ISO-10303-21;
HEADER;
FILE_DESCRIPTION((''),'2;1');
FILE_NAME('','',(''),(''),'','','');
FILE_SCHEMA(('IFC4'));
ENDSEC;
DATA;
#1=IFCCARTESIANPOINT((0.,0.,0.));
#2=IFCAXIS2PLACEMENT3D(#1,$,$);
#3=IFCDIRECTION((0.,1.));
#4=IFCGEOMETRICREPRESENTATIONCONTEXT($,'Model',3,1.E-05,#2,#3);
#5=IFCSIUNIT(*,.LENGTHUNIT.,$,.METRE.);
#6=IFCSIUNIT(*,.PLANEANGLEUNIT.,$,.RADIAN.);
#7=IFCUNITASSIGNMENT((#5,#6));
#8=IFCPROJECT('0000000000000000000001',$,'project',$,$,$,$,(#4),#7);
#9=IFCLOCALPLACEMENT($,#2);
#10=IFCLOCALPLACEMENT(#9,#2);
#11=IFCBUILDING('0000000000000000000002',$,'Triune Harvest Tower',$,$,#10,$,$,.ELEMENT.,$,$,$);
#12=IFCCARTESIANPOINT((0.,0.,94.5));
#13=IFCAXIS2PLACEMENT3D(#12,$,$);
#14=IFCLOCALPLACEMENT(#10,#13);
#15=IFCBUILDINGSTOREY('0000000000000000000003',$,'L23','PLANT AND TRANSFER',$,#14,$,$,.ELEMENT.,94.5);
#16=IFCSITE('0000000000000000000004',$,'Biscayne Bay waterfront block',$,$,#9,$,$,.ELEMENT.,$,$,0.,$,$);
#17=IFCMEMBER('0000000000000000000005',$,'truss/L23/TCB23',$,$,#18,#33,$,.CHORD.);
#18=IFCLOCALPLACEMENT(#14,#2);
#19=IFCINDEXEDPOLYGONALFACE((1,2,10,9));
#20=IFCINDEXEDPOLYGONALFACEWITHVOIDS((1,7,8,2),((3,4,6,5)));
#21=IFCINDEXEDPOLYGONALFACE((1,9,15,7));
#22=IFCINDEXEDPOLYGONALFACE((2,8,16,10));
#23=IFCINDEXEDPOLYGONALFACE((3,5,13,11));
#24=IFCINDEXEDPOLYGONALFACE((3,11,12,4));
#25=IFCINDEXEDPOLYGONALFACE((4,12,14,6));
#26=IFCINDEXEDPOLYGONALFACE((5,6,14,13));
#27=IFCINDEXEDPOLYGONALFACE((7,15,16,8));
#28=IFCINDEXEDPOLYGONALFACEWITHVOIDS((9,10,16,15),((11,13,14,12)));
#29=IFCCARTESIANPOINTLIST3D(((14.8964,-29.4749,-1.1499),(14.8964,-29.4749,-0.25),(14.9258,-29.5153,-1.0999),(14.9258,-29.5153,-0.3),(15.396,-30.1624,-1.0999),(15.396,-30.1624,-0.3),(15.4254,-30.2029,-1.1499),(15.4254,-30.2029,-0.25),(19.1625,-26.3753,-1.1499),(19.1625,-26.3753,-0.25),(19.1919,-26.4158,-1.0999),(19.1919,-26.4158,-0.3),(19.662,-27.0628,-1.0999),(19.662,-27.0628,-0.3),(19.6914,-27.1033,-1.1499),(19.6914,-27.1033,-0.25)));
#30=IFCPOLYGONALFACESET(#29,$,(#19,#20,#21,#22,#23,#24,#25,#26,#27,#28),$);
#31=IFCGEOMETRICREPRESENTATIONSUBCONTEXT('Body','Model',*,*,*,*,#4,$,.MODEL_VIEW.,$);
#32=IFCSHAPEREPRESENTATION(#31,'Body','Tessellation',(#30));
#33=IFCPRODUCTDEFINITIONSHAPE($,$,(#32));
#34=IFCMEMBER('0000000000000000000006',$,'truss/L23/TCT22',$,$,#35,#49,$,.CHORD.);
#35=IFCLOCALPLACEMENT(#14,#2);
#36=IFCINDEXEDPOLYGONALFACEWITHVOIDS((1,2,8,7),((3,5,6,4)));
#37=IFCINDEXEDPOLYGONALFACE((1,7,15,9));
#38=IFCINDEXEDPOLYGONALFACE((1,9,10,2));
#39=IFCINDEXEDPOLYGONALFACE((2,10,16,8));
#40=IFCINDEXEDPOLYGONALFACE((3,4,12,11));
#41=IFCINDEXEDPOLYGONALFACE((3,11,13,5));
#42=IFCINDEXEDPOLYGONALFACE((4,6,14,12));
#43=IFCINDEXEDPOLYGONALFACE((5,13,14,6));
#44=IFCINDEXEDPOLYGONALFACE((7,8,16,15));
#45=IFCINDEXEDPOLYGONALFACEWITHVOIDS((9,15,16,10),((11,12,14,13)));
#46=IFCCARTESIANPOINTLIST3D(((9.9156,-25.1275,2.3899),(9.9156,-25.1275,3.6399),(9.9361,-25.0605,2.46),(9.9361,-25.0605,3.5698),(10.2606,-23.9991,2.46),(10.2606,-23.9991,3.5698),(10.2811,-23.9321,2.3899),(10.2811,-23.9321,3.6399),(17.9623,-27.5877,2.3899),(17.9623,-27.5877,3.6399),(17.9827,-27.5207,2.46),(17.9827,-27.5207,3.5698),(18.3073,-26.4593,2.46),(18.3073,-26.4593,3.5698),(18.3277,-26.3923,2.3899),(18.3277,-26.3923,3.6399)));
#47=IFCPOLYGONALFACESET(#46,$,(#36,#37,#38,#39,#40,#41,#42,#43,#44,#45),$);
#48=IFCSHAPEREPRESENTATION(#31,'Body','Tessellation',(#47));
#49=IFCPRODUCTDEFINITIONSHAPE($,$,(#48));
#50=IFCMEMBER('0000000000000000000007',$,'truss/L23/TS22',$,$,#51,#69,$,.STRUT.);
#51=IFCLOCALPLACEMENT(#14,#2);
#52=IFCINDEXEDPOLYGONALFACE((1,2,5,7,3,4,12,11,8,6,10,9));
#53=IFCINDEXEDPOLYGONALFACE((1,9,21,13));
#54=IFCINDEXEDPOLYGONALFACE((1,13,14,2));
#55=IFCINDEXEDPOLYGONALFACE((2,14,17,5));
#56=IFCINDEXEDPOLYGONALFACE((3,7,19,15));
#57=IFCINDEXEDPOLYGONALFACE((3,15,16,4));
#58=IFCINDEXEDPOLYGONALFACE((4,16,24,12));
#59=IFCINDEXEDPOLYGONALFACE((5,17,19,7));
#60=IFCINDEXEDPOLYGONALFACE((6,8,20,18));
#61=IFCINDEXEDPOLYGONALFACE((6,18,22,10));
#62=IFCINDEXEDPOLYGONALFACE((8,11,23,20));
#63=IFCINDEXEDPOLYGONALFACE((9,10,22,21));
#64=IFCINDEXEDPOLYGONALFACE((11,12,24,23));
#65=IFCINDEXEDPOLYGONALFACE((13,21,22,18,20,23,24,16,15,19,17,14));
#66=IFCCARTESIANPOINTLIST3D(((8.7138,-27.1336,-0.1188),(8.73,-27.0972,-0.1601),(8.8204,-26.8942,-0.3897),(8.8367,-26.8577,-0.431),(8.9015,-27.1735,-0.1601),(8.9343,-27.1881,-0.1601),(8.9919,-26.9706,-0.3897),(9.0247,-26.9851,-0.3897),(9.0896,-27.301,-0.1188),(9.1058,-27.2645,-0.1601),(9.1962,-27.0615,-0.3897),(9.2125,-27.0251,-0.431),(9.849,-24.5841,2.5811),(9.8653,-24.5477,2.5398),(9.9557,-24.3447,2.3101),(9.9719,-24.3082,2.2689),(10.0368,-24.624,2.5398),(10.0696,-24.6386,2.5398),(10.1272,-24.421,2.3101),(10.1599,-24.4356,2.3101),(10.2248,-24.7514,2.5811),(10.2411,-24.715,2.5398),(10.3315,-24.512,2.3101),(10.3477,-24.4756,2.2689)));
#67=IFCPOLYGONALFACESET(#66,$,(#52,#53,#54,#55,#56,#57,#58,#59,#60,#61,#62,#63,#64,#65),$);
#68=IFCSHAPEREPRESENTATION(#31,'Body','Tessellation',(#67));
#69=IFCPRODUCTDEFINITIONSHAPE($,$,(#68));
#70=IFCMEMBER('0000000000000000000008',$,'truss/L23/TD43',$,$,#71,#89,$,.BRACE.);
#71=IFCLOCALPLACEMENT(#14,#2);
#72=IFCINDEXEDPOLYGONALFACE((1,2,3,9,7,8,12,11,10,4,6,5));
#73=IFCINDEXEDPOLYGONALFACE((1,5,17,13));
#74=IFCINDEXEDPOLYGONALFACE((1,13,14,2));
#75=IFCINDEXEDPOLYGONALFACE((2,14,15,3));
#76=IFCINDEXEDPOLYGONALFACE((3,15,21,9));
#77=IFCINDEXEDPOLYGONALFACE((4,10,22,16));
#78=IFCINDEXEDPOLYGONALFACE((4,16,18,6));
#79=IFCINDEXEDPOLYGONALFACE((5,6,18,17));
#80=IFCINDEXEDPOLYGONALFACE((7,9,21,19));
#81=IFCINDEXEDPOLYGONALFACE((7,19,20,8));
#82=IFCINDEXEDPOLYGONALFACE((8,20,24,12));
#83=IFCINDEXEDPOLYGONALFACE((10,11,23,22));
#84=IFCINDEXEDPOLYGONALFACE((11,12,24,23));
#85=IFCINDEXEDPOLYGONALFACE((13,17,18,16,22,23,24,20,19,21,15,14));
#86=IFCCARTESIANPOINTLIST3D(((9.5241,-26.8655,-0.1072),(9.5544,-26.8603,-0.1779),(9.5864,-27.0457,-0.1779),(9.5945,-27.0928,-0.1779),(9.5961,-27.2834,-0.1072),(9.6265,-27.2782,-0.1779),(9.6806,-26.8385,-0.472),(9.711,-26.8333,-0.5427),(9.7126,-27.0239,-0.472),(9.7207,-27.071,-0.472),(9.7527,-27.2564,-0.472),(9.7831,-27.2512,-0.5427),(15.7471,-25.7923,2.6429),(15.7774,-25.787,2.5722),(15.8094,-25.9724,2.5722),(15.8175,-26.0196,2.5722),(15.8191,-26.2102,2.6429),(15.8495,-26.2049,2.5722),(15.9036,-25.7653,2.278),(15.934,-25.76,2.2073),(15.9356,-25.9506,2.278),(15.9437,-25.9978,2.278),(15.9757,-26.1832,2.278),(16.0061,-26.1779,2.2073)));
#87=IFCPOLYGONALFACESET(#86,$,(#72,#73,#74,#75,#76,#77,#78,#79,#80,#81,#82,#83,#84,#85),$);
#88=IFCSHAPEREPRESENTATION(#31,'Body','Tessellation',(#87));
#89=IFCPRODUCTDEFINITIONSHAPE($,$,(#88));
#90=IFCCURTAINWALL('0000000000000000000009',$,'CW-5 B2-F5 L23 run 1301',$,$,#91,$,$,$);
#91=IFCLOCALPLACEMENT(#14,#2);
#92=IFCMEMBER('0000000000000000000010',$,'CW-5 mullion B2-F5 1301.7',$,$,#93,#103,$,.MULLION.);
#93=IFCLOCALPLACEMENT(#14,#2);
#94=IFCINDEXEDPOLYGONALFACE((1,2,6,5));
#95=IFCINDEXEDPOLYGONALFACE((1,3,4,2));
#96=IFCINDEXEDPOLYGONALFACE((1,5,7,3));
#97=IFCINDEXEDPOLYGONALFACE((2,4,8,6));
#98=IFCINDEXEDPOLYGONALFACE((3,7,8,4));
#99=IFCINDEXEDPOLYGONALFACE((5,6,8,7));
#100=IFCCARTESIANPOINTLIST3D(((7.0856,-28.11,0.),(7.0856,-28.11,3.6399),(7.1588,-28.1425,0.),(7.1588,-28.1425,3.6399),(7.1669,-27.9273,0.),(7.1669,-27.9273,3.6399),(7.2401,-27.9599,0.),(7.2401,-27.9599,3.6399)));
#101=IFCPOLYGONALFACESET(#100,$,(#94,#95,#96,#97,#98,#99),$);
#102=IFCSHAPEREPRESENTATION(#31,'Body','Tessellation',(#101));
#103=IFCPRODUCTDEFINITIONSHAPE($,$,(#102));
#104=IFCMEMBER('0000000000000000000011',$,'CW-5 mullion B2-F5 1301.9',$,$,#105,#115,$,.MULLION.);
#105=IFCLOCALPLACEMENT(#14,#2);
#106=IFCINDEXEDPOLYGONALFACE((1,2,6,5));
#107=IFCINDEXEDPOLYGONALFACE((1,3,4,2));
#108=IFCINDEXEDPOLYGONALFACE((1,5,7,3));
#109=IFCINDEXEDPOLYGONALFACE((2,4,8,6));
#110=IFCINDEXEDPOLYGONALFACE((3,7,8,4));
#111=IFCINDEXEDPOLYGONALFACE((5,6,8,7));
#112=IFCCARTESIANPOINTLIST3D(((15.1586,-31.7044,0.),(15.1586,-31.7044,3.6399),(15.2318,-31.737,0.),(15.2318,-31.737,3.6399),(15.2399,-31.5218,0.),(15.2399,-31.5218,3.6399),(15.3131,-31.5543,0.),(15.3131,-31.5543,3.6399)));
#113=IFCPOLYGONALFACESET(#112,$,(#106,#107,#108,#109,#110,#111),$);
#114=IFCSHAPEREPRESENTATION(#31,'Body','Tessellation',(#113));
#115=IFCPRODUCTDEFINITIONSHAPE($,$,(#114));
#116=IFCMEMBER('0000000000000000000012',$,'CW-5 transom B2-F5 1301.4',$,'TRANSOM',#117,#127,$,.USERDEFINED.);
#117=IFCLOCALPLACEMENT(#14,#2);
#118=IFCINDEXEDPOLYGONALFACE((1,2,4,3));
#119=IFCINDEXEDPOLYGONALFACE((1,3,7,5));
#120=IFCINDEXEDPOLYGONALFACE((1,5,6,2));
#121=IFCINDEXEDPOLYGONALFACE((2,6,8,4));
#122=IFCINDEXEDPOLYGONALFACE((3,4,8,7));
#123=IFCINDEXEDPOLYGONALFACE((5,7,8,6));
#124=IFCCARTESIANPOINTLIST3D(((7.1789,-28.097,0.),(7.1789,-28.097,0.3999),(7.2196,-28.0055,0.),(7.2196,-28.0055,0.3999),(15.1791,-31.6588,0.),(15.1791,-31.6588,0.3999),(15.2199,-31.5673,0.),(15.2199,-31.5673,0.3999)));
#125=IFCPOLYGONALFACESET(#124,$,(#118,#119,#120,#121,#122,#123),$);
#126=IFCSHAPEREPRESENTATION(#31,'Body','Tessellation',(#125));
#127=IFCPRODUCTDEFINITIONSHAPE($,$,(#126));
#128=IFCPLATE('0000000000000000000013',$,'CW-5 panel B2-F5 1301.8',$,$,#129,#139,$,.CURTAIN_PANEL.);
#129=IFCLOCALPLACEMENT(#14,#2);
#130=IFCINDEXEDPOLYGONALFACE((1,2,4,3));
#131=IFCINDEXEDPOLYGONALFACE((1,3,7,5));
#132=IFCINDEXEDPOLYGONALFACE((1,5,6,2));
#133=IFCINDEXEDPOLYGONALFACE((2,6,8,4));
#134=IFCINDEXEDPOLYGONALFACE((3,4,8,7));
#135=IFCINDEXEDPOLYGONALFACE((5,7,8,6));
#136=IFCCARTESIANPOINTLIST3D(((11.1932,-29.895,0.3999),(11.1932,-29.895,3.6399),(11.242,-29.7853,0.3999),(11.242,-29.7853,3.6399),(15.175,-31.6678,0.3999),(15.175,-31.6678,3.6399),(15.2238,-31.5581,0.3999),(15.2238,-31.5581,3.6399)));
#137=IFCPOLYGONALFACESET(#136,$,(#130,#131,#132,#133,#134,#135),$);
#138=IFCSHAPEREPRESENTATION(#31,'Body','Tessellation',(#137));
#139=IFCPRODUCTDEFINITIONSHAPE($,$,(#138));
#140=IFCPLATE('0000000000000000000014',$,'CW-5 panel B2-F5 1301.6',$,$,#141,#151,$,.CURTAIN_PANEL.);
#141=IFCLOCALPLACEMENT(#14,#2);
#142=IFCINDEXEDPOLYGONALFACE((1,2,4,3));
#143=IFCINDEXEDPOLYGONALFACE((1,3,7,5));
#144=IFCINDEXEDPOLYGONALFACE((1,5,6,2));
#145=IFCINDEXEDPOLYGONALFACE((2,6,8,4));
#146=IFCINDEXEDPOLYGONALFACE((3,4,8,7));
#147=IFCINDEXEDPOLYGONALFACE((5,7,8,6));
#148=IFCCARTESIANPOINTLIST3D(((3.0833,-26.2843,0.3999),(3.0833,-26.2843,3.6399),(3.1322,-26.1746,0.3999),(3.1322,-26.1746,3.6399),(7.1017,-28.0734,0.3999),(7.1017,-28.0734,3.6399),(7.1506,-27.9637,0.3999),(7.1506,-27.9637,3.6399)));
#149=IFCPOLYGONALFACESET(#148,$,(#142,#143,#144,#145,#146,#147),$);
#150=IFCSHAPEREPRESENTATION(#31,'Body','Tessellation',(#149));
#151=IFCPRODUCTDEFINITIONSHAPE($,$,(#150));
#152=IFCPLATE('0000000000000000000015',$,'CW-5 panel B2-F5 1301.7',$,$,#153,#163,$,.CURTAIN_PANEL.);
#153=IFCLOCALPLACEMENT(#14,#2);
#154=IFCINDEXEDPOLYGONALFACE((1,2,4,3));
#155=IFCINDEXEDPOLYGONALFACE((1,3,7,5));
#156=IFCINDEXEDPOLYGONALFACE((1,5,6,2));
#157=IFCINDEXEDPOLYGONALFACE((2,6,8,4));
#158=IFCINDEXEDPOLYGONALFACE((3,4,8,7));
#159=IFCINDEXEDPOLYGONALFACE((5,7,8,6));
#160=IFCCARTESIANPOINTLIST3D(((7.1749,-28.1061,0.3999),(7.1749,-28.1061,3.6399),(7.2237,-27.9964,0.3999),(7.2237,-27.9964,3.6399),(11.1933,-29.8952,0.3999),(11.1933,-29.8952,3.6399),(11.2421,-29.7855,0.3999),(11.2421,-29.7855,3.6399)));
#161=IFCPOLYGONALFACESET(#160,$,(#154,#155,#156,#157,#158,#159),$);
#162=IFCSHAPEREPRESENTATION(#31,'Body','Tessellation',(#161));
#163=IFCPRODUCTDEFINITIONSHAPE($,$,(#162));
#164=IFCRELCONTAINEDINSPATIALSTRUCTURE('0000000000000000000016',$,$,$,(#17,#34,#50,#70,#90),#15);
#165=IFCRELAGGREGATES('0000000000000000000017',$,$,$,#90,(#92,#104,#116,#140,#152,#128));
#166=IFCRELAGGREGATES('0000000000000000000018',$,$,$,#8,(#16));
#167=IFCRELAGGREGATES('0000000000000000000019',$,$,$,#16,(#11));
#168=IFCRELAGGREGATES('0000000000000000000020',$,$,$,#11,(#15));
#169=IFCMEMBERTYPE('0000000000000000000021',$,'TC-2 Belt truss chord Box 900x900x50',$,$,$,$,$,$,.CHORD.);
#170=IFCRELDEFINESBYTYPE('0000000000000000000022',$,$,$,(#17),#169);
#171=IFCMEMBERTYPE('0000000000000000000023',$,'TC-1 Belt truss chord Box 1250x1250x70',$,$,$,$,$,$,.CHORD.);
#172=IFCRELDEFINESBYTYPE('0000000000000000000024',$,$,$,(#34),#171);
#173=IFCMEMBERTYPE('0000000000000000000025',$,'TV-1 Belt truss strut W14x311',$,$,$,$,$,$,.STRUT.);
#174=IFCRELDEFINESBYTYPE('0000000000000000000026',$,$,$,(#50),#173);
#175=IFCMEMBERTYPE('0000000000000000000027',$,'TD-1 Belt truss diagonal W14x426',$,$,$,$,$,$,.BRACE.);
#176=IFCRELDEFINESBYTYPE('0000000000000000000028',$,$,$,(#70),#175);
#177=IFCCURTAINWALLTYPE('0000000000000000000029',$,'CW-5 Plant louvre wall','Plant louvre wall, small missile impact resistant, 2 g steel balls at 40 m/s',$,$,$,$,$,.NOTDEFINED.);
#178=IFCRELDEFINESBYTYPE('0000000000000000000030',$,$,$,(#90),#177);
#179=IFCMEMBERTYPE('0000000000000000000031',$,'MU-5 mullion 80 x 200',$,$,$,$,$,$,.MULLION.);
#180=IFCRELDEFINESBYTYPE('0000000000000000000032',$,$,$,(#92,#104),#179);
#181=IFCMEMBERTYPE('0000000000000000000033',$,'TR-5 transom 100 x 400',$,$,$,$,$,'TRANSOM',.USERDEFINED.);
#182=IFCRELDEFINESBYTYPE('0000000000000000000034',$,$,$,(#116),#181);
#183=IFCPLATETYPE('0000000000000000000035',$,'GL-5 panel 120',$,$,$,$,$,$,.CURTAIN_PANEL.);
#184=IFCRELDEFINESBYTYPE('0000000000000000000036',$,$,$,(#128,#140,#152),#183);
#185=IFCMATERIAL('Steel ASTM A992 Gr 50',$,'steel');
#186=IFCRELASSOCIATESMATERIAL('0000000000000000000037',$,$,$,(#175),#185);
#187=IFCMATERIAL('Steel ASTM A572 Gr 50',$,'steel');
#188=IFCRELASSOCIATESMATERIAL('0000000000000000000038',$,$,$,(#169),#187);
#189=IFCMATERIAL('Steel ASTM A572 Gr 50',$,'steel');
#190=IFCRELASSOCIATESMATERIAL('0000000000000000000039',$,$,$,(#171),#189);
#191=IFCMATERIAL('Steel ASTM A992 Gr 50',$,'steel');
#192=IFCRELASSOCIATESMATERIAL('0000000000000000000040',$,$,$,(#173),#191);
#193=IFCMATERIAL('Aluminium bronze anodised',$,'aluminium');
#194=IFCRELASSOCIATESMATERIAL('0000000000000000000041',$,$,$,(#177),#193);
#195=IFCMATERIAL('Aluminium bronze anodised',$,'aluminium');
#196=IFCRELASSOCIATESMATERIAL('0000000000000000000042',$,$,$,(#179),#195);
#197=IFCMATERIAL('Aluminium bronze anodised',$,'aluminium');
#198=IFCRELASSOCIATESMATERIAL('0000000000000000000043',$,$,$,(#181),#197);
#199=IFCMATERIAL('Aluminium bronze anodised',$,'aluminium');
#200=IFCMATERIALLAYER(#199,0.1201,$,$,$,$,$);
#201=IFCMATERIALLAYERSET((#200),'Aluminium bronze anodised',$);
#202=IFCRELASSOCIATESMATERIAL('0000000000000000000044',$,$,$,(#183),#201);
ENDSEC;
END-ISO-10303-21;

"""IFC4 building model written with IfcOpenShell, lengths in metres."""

from ifc_helpers import new_model, si_unit, direction, frame, origin, origin_2d, place, context, subcontext, project, spatial, rectangle, hollow_rectangle, i_section, extrude, source, transform, mapped, material, layer, layer_set, material_profile, profile_set, type_object, element, aggregate, save


model = new_model("IFC4")

# Units and contexts
model_context = context("Model", 3, precision=1e-05, world=origin(), true_north=direction((0.0, 1.0)))
body_context = subcontext(model_context, "Body", "Model", "MODEL_VIEW")
ifc_project = project(units=[si_unit("LENGTHUNIT", "METRE"), si_unit("PLANEANGLEUNIT", "RADIAN")], contexts=[model_context])

# Site, building, storey
site_placement = place(None, origin())
site = spatial("IfcSite", under=ifc_project, at=site_placement, Name="Biscayne Bay waterfront block", CompositionType="ELEMENT", RefElevation=0.0)
building_placement = place(site_placement, origin())
building = spatial("IfcBuilding", under=site, at=building_placement, Name="Triune Harvest Tower", CompositionType="ELEMENT")
storey_placement = place(building_placement, frame((0.0, 0.0, 94.5)))
storey = spatial("IfcBuildingStorey", under=building, at=storey_placement, Name="L23", Description="PLANT AND TRANSFER", CompositionType="ELEMENT", Elevation=94.5)

# Shared definitions
ifc_material_1 = material(Name="Steel ASTM A992 Gr 50", Category="steel")
ifc_material_profile_1 = material_profile(ifc_material_1, i_section(OverallWidth=0.4241, OverallDepth=0.4751, WebThickness=0.0479, FlangeThickness=0.0771, at=origin_2d()), Name="W14x426")
ifc_profile_set_1 = profile_set([ifc_material_profile_1], Name="Steel ASTM A992 Gr 50")
member_type_1 = type_object("IfcMemberType", Name="TD-1 Belt truss diagonal W14x426", PredefinedType="BRACE", material=ifc_profile_set_1)

# Members
ifc_material_2 = material(Name="Steel ASTM A572 Gr 50", Category="steel")
ifc_material_profile_2 = material_profile(ifc_material_2, hollow_rectangle(XDim=0.8999, YDim=0.8999, WallThickness=0.05, at=origin_2d()), Name="Box 900x900x50")
ifc_profile_set_2 = profile_set([ifc_material_profile_2], Name="Steel ASTM A572 Gr 50")
member_type_2 = type_object("IfcMemberType", Name="TC-2 Belt truss chord Box 900x900x50", PredefinedType="CHORD", material=ifc_profile_set_2)
shared_shape_1 = source(origin(), body_context, "Body", "SweptSolid", [
    extrude(hollow_rectangle(XDim=0.8999, YDim=0.8999, WallThickness=0.05, at=origin_2d()), origin(), (0.0, 0.0, 1.0), 5.2732),
])
member_1_placement = place(storey_placement, frame((15.1609, -29.8389, -0.7), z_axis=(0.809008, 0.587797, 0.0), x_axis=(-0.587797, 0.809008, 0.0)))
element("IfcMember", 1, at=member_1_placement, inside=storey, type_object=member_type_2, Name="truss/L23/TCB23", PredefinedType="CHORD", context=body_context, shape_type="MappedRepresentation", body=[
    mapped(shared_shape_1, transform((0.0, 0.0, 0.0), scale=1.0)),
])
ifc_material_3 = material(Name="Steel ASTM A572 Gr 50", Category="steel")
ifc_material_profile_3 = material_profile(ifc_material_3, hollow_rectangle(XDim=1.25, YDim=1.25, WallThickness=0.0701, at=origin_2d()), Name="Box 1250x1250x70")
ifc_profile_set_3 = profile_set([ifc_material_profile_3], Name="Steel ASTM A572 Gr 50")
member_type_3 = type_object("IfcMemberType", Name="TC-1 Belt truss chord Box 1250x1250x70", PredefinedType="CHORD", material=ifc_profile_set_3)
shared_shape_2 = source(origin(), body_context, "Body", "SweptSolid", [
    extrude(hollow_rectangle(XDim=1.25, YDim=1.25, WallThickness=0.0701, at=origin_2d()), origin(), (0.0, 0.0, 1.0), 8.4143),
])
member_2_placement = place(storey_placement, frame((10.0984, -24.5298, 3.0149), z_axis=(0.956301, -0.292383, 0.0), x_axis=(0.292383, 0.956301, 0.0)))
element("IfcMember", 2, at=member_2_placement, inside=storey, type_object=member_type_3, Name="truss/L23/TCT22", PredefinedType="CHORD", context=body_context, shape_type="MappedRepresentation", body=[
    mapped(shared_shape_2, transform((0.0, 0.0, 0.0), scale=1.0)),
])
ifc_material_4 = material(Name="Steel ASTM A992 Gr 50", Category="steel")
ifc_material_profile_4 = material_profile(ifc_material_4, i_section(OverallWidth=0.4114, OverallDepth=0.4343, WebThickness=0.0359, FlangeThickness=0.0574, at=origin_2d()), Name="W14x311")
ifc_profile_set_4 = profile_set([ifc_material_profile_4], Name="Steel ASTM A992 Gr 50")
member_type_4 = type_object("IfcMemberType", Name="TV-1 Belt truss strut W14x311", PredefinedType="STRUT", material=ifc_profile_set_4)
shared_shape_3 = source(origin(), body_context, "Body", "SweptSolid", [
    extrude(i_section(OverallWidth=0.4114, OverallDepth=0.4343, WebThickness=0.0359, FlangeThickness=0.0574, at=origin_2d()), origin(), (0.0, 0.0, 1.0), 3.8831),
])
member_3_placement = place(storey_placement, frame((8.9631, -27.0793, -0.2749), z_axis=(0.292354, 0.656571, 0.695301), x_axis=(-0.91353, 0.406771, 0.0)))
element("IfcMember", 3, at=member_3_placement, inside=storey, type_object=member_type_4, Name="truss/L23/TS22", PredefinedType="STRUT", context=body_context, shape_type="MappedRepresentation", body=[
    mapped(shared_shape_3, transform((0.0, 0.0, 0.0), scale=1.0)),
])
shared_shape_4 = source(origin(), body_context, "Body", "SweptSolid", [
    extrude(i_section(OverallWidth=0.4241, OverallDepth=0.4751, WebThickness=0.0479, FlangeThickness=0.0771, at=origin_2d()), origin(), (0.0, 0.0, 1.0), 6.8877),
])
member_4_placement = place(storey_placement, frame((9.6536, -27.0583, -0.325), z_axis=(0.903495, 0.155823, 0.399269), x_axis=(-0.169957, 0.985451, 0.0)))
element("IfcMember", 4, at=member_4_placement, inside=storey, type_object=member_type_1, Name="truss/L23/TD43", PredefinedType="BRACE", context=body_context, shape_type="MappedRepresentation", body=[
    mapped(shared_shape_4, transform((0.0, 0.0, 0.0), scale=1.0)),
])

# Curtain wall, members, plates
ifc_material_5 = material(Name="Aluminium bronze anodised", Category="aluminium")
curtain_wall_type = type_object("IfcCurtainWallType", Name="CW-5 Plant louvre wall", Description="Plant louvre wall, small missile impact resistant, 2 g steel balls at 40 m/s", PredefinedType="NOTDEFINED", material=ifc_material_5)
curtain_wall_placement = place(storey_placement, origin())
curtain_wall = element("IfcCurtainWall", 5, at=curtain_wall_placement, inside=storey, type_object=curtain_wall_type, Name="CW-5 B2-F5 L23 run 1301")
ifc_material_6 = material(Name="Aluminium bronze anodised", Category="aluminium")
ifc_material_profile_5 = material_profile(ifc_material_6, rectangle(XDim=0.2, YDim=0.0801, at=origin_2d()), Name="MU-5 mullion 80 x 200")
ifc_profile_set_5 = profile_set([ifc_material_profile_5], Name="Aluminium bronze anodised")
member_type_5 = type_object("IfcMemberType", Name="MU-5 mullion 80 x 200", PredefinedType="MULLION", material=ifc_profile_set_5)
shared_shape_5 = source(origin(), body_context, "Body", "SweptSolid", [
    extrude(rectangle(XDim=0.2, YDim=0.0801, at=origin_2d()), origin(), (0.0, 0.0, 1.0), 3.6399),
])
member_5_placement = place(storey_placement, frame((7.1628, -28.0349, 0.0), z_axis=(0.0, 0.0, 1.0), x_axis=(0.406737, 0.913545, 0.0)))
member_5 = element("IfcMember", 6, at=member_5_placement, type_object=member_type_5, Name="CW-5 mullion B2-F5 1301.7", PredefinedType="MULLION", context=body_context, shape_type="MappedRepresentation", body=[
    mapped(shared_shape_5, transform((0.0, 0.0, 0.0), scale=1.0)),
])
member_6_placement = place(storey_placement, frame((15.2358, -31.6294, 0.0), z_axis=(0.0, 0.0, 1.0), x_axis=(0.406737, 0.913545, 0.0)))
member_6 = element("IfcMember", 7, at=member_6_placement, type_object=member_type_5, Name="CW-5 mullion B2-F5 1301.9", PredefinedType="MULLION", context=body_context, shape_type="MappedRepresentation", body=[
    mapped(shared_shape_5, transform((0.0, 0.0, 0.0), scale=1.0)),
])
ifc_material_7 = material(Name="Aluminium bronze anodised", Category="aluminium")
ifc_material_profile_6 = material_profile(ifc_material_7, rectangle(XDim=0.1001, YDim=0.3999, at=origin_2d()), Name="TR-5 transom 100 x 400")
ifc_profile_set_6 = profile_set([ifc_material_profile_6], Name="Aluminium bronze anodised")
member_type_6 = type_object("IfcMemberType", Name="TR-5 transom 100 x 400", ElementType="TRANSOM", PredefinedType="USERDEFINED", material=ifc_profile_set_6)
shared_shape_6 = source(origin(), body_context, "Body", "SweptSolid", [
    extrude(rectangle(XDim=0.1001, YDim=0.3999, at=origin_2d()), origin(), (0.0, 0.0, 1.0), 8.7573),
])
member_7_placement = place(storey_placement, frame((7.1992, -28.0513, 0.2), z_axis=(0.913553, -0.40672, 0.0), x_axis=(0.40672, 0.913553, 0.0)))
member_7 = element("IfcMember", 8, at=member_7_placement, type_object=member_type_6, Name="CW-5 transom B2-F5 1301.4", ObjectType="TRANSOM", PredefinedType="USERDEFINED", context=body_context, shape_type="MappedRepresentation", body=[
    mapped(shared_shape_6, transform((0.0, 0.0, 0.0), scale=1.0)),
])
ifc_material_8 = material(Name="Aluminium bronze anodised", Category="aluminium")
ifc_layer_1 = layer(ifc_material_8, 0.1201)
ifc_layer_set_1 = layer_set([ifc_layer_1], Name="Aluminium bronze anodised")
plate_type = type_object("IfcPlateType", Name="GL-5 panel 120", PredefinedType="CURTAIN_PANEL", material=ifc_layer_set_1)
shared_shape_7 = source(origin(), body_context, "Body", "SweptSolid", [
    extrude(rectangle(XDim=4.3586, YDim=0.1201, at=origin_2d()), origin(), (0.0, 0.0, 1.0), 3.24),
])
plate_1_placement = place(storey_placement, frame((13.2085, -30.7266, 0.3999), z_axis=(0.0, 0.0, 1.0), x_axis=(0.913545, -0.406737, 0.0)))
plate_1 = element("IfcPlate", 9, at=plate_1_placement, type_object=plate_type, Name="CW-5 panel B2-F5 1301.8", PredefinedType="CURTAIN_PANEL", context=body_context, shape_type="MappedRepresentation", body=[
    mapped(shared_shape_7, transform((0.0, 0.0, 0.0), scale=1.0)),
])
shared_shape_8 = source(origin(), body_context, "Body", "SweptSolid", [
    extrude(rectangle(XDim=4.3987, YDim=0.1201, at=origin_2d()), origin(), (0.0, 0.0, 1.0), 3.24),
])
plate_2_placement = place(storey_placement, frame((5.1169, -27.124, 0.3999), z_axis=(0.0, 0.0, 1.0), x_axis=(0.913545, -0.406737, 0.0)))
plate_2 = element("IfcPlate", 10, at=plate_2_placement, type_object=plate_type, Name="CW-5 panel B2-F5 1301.6", PredefinedType="CURTAIN_PANEL", context=body_context, shape_type="MappedRepresentation", body=[
    mapped(shared_shape_8, transform((0.0, 0.0, 0.0), scale=1.0)),
])
plate_3_placement = place(storey_placement, frame((9.2085, -28.9458, 0.3999), z_axis=(0.0, 0.0, 1.0), x_axis=(0.913545, -0.406737, 0.0)))
plate_3 = element("IfcPlate", 11, at=plate_3_placement, type_object=plate_type, Name="CW-5 panel B2-F5 1301.7", PredefinedType="CURTAIN_PANEL", context=body_context, shape_type="MappedRepresentation", body=[
    mapped(shared_shape_8, transform((0.0, 0.0, 0.0), scale=1.0)),
])
aggregate(curtain_wall, [member_5, member_6, member_7, plate_2, plate_3, plate_1])

save(model, "model.ifc")
